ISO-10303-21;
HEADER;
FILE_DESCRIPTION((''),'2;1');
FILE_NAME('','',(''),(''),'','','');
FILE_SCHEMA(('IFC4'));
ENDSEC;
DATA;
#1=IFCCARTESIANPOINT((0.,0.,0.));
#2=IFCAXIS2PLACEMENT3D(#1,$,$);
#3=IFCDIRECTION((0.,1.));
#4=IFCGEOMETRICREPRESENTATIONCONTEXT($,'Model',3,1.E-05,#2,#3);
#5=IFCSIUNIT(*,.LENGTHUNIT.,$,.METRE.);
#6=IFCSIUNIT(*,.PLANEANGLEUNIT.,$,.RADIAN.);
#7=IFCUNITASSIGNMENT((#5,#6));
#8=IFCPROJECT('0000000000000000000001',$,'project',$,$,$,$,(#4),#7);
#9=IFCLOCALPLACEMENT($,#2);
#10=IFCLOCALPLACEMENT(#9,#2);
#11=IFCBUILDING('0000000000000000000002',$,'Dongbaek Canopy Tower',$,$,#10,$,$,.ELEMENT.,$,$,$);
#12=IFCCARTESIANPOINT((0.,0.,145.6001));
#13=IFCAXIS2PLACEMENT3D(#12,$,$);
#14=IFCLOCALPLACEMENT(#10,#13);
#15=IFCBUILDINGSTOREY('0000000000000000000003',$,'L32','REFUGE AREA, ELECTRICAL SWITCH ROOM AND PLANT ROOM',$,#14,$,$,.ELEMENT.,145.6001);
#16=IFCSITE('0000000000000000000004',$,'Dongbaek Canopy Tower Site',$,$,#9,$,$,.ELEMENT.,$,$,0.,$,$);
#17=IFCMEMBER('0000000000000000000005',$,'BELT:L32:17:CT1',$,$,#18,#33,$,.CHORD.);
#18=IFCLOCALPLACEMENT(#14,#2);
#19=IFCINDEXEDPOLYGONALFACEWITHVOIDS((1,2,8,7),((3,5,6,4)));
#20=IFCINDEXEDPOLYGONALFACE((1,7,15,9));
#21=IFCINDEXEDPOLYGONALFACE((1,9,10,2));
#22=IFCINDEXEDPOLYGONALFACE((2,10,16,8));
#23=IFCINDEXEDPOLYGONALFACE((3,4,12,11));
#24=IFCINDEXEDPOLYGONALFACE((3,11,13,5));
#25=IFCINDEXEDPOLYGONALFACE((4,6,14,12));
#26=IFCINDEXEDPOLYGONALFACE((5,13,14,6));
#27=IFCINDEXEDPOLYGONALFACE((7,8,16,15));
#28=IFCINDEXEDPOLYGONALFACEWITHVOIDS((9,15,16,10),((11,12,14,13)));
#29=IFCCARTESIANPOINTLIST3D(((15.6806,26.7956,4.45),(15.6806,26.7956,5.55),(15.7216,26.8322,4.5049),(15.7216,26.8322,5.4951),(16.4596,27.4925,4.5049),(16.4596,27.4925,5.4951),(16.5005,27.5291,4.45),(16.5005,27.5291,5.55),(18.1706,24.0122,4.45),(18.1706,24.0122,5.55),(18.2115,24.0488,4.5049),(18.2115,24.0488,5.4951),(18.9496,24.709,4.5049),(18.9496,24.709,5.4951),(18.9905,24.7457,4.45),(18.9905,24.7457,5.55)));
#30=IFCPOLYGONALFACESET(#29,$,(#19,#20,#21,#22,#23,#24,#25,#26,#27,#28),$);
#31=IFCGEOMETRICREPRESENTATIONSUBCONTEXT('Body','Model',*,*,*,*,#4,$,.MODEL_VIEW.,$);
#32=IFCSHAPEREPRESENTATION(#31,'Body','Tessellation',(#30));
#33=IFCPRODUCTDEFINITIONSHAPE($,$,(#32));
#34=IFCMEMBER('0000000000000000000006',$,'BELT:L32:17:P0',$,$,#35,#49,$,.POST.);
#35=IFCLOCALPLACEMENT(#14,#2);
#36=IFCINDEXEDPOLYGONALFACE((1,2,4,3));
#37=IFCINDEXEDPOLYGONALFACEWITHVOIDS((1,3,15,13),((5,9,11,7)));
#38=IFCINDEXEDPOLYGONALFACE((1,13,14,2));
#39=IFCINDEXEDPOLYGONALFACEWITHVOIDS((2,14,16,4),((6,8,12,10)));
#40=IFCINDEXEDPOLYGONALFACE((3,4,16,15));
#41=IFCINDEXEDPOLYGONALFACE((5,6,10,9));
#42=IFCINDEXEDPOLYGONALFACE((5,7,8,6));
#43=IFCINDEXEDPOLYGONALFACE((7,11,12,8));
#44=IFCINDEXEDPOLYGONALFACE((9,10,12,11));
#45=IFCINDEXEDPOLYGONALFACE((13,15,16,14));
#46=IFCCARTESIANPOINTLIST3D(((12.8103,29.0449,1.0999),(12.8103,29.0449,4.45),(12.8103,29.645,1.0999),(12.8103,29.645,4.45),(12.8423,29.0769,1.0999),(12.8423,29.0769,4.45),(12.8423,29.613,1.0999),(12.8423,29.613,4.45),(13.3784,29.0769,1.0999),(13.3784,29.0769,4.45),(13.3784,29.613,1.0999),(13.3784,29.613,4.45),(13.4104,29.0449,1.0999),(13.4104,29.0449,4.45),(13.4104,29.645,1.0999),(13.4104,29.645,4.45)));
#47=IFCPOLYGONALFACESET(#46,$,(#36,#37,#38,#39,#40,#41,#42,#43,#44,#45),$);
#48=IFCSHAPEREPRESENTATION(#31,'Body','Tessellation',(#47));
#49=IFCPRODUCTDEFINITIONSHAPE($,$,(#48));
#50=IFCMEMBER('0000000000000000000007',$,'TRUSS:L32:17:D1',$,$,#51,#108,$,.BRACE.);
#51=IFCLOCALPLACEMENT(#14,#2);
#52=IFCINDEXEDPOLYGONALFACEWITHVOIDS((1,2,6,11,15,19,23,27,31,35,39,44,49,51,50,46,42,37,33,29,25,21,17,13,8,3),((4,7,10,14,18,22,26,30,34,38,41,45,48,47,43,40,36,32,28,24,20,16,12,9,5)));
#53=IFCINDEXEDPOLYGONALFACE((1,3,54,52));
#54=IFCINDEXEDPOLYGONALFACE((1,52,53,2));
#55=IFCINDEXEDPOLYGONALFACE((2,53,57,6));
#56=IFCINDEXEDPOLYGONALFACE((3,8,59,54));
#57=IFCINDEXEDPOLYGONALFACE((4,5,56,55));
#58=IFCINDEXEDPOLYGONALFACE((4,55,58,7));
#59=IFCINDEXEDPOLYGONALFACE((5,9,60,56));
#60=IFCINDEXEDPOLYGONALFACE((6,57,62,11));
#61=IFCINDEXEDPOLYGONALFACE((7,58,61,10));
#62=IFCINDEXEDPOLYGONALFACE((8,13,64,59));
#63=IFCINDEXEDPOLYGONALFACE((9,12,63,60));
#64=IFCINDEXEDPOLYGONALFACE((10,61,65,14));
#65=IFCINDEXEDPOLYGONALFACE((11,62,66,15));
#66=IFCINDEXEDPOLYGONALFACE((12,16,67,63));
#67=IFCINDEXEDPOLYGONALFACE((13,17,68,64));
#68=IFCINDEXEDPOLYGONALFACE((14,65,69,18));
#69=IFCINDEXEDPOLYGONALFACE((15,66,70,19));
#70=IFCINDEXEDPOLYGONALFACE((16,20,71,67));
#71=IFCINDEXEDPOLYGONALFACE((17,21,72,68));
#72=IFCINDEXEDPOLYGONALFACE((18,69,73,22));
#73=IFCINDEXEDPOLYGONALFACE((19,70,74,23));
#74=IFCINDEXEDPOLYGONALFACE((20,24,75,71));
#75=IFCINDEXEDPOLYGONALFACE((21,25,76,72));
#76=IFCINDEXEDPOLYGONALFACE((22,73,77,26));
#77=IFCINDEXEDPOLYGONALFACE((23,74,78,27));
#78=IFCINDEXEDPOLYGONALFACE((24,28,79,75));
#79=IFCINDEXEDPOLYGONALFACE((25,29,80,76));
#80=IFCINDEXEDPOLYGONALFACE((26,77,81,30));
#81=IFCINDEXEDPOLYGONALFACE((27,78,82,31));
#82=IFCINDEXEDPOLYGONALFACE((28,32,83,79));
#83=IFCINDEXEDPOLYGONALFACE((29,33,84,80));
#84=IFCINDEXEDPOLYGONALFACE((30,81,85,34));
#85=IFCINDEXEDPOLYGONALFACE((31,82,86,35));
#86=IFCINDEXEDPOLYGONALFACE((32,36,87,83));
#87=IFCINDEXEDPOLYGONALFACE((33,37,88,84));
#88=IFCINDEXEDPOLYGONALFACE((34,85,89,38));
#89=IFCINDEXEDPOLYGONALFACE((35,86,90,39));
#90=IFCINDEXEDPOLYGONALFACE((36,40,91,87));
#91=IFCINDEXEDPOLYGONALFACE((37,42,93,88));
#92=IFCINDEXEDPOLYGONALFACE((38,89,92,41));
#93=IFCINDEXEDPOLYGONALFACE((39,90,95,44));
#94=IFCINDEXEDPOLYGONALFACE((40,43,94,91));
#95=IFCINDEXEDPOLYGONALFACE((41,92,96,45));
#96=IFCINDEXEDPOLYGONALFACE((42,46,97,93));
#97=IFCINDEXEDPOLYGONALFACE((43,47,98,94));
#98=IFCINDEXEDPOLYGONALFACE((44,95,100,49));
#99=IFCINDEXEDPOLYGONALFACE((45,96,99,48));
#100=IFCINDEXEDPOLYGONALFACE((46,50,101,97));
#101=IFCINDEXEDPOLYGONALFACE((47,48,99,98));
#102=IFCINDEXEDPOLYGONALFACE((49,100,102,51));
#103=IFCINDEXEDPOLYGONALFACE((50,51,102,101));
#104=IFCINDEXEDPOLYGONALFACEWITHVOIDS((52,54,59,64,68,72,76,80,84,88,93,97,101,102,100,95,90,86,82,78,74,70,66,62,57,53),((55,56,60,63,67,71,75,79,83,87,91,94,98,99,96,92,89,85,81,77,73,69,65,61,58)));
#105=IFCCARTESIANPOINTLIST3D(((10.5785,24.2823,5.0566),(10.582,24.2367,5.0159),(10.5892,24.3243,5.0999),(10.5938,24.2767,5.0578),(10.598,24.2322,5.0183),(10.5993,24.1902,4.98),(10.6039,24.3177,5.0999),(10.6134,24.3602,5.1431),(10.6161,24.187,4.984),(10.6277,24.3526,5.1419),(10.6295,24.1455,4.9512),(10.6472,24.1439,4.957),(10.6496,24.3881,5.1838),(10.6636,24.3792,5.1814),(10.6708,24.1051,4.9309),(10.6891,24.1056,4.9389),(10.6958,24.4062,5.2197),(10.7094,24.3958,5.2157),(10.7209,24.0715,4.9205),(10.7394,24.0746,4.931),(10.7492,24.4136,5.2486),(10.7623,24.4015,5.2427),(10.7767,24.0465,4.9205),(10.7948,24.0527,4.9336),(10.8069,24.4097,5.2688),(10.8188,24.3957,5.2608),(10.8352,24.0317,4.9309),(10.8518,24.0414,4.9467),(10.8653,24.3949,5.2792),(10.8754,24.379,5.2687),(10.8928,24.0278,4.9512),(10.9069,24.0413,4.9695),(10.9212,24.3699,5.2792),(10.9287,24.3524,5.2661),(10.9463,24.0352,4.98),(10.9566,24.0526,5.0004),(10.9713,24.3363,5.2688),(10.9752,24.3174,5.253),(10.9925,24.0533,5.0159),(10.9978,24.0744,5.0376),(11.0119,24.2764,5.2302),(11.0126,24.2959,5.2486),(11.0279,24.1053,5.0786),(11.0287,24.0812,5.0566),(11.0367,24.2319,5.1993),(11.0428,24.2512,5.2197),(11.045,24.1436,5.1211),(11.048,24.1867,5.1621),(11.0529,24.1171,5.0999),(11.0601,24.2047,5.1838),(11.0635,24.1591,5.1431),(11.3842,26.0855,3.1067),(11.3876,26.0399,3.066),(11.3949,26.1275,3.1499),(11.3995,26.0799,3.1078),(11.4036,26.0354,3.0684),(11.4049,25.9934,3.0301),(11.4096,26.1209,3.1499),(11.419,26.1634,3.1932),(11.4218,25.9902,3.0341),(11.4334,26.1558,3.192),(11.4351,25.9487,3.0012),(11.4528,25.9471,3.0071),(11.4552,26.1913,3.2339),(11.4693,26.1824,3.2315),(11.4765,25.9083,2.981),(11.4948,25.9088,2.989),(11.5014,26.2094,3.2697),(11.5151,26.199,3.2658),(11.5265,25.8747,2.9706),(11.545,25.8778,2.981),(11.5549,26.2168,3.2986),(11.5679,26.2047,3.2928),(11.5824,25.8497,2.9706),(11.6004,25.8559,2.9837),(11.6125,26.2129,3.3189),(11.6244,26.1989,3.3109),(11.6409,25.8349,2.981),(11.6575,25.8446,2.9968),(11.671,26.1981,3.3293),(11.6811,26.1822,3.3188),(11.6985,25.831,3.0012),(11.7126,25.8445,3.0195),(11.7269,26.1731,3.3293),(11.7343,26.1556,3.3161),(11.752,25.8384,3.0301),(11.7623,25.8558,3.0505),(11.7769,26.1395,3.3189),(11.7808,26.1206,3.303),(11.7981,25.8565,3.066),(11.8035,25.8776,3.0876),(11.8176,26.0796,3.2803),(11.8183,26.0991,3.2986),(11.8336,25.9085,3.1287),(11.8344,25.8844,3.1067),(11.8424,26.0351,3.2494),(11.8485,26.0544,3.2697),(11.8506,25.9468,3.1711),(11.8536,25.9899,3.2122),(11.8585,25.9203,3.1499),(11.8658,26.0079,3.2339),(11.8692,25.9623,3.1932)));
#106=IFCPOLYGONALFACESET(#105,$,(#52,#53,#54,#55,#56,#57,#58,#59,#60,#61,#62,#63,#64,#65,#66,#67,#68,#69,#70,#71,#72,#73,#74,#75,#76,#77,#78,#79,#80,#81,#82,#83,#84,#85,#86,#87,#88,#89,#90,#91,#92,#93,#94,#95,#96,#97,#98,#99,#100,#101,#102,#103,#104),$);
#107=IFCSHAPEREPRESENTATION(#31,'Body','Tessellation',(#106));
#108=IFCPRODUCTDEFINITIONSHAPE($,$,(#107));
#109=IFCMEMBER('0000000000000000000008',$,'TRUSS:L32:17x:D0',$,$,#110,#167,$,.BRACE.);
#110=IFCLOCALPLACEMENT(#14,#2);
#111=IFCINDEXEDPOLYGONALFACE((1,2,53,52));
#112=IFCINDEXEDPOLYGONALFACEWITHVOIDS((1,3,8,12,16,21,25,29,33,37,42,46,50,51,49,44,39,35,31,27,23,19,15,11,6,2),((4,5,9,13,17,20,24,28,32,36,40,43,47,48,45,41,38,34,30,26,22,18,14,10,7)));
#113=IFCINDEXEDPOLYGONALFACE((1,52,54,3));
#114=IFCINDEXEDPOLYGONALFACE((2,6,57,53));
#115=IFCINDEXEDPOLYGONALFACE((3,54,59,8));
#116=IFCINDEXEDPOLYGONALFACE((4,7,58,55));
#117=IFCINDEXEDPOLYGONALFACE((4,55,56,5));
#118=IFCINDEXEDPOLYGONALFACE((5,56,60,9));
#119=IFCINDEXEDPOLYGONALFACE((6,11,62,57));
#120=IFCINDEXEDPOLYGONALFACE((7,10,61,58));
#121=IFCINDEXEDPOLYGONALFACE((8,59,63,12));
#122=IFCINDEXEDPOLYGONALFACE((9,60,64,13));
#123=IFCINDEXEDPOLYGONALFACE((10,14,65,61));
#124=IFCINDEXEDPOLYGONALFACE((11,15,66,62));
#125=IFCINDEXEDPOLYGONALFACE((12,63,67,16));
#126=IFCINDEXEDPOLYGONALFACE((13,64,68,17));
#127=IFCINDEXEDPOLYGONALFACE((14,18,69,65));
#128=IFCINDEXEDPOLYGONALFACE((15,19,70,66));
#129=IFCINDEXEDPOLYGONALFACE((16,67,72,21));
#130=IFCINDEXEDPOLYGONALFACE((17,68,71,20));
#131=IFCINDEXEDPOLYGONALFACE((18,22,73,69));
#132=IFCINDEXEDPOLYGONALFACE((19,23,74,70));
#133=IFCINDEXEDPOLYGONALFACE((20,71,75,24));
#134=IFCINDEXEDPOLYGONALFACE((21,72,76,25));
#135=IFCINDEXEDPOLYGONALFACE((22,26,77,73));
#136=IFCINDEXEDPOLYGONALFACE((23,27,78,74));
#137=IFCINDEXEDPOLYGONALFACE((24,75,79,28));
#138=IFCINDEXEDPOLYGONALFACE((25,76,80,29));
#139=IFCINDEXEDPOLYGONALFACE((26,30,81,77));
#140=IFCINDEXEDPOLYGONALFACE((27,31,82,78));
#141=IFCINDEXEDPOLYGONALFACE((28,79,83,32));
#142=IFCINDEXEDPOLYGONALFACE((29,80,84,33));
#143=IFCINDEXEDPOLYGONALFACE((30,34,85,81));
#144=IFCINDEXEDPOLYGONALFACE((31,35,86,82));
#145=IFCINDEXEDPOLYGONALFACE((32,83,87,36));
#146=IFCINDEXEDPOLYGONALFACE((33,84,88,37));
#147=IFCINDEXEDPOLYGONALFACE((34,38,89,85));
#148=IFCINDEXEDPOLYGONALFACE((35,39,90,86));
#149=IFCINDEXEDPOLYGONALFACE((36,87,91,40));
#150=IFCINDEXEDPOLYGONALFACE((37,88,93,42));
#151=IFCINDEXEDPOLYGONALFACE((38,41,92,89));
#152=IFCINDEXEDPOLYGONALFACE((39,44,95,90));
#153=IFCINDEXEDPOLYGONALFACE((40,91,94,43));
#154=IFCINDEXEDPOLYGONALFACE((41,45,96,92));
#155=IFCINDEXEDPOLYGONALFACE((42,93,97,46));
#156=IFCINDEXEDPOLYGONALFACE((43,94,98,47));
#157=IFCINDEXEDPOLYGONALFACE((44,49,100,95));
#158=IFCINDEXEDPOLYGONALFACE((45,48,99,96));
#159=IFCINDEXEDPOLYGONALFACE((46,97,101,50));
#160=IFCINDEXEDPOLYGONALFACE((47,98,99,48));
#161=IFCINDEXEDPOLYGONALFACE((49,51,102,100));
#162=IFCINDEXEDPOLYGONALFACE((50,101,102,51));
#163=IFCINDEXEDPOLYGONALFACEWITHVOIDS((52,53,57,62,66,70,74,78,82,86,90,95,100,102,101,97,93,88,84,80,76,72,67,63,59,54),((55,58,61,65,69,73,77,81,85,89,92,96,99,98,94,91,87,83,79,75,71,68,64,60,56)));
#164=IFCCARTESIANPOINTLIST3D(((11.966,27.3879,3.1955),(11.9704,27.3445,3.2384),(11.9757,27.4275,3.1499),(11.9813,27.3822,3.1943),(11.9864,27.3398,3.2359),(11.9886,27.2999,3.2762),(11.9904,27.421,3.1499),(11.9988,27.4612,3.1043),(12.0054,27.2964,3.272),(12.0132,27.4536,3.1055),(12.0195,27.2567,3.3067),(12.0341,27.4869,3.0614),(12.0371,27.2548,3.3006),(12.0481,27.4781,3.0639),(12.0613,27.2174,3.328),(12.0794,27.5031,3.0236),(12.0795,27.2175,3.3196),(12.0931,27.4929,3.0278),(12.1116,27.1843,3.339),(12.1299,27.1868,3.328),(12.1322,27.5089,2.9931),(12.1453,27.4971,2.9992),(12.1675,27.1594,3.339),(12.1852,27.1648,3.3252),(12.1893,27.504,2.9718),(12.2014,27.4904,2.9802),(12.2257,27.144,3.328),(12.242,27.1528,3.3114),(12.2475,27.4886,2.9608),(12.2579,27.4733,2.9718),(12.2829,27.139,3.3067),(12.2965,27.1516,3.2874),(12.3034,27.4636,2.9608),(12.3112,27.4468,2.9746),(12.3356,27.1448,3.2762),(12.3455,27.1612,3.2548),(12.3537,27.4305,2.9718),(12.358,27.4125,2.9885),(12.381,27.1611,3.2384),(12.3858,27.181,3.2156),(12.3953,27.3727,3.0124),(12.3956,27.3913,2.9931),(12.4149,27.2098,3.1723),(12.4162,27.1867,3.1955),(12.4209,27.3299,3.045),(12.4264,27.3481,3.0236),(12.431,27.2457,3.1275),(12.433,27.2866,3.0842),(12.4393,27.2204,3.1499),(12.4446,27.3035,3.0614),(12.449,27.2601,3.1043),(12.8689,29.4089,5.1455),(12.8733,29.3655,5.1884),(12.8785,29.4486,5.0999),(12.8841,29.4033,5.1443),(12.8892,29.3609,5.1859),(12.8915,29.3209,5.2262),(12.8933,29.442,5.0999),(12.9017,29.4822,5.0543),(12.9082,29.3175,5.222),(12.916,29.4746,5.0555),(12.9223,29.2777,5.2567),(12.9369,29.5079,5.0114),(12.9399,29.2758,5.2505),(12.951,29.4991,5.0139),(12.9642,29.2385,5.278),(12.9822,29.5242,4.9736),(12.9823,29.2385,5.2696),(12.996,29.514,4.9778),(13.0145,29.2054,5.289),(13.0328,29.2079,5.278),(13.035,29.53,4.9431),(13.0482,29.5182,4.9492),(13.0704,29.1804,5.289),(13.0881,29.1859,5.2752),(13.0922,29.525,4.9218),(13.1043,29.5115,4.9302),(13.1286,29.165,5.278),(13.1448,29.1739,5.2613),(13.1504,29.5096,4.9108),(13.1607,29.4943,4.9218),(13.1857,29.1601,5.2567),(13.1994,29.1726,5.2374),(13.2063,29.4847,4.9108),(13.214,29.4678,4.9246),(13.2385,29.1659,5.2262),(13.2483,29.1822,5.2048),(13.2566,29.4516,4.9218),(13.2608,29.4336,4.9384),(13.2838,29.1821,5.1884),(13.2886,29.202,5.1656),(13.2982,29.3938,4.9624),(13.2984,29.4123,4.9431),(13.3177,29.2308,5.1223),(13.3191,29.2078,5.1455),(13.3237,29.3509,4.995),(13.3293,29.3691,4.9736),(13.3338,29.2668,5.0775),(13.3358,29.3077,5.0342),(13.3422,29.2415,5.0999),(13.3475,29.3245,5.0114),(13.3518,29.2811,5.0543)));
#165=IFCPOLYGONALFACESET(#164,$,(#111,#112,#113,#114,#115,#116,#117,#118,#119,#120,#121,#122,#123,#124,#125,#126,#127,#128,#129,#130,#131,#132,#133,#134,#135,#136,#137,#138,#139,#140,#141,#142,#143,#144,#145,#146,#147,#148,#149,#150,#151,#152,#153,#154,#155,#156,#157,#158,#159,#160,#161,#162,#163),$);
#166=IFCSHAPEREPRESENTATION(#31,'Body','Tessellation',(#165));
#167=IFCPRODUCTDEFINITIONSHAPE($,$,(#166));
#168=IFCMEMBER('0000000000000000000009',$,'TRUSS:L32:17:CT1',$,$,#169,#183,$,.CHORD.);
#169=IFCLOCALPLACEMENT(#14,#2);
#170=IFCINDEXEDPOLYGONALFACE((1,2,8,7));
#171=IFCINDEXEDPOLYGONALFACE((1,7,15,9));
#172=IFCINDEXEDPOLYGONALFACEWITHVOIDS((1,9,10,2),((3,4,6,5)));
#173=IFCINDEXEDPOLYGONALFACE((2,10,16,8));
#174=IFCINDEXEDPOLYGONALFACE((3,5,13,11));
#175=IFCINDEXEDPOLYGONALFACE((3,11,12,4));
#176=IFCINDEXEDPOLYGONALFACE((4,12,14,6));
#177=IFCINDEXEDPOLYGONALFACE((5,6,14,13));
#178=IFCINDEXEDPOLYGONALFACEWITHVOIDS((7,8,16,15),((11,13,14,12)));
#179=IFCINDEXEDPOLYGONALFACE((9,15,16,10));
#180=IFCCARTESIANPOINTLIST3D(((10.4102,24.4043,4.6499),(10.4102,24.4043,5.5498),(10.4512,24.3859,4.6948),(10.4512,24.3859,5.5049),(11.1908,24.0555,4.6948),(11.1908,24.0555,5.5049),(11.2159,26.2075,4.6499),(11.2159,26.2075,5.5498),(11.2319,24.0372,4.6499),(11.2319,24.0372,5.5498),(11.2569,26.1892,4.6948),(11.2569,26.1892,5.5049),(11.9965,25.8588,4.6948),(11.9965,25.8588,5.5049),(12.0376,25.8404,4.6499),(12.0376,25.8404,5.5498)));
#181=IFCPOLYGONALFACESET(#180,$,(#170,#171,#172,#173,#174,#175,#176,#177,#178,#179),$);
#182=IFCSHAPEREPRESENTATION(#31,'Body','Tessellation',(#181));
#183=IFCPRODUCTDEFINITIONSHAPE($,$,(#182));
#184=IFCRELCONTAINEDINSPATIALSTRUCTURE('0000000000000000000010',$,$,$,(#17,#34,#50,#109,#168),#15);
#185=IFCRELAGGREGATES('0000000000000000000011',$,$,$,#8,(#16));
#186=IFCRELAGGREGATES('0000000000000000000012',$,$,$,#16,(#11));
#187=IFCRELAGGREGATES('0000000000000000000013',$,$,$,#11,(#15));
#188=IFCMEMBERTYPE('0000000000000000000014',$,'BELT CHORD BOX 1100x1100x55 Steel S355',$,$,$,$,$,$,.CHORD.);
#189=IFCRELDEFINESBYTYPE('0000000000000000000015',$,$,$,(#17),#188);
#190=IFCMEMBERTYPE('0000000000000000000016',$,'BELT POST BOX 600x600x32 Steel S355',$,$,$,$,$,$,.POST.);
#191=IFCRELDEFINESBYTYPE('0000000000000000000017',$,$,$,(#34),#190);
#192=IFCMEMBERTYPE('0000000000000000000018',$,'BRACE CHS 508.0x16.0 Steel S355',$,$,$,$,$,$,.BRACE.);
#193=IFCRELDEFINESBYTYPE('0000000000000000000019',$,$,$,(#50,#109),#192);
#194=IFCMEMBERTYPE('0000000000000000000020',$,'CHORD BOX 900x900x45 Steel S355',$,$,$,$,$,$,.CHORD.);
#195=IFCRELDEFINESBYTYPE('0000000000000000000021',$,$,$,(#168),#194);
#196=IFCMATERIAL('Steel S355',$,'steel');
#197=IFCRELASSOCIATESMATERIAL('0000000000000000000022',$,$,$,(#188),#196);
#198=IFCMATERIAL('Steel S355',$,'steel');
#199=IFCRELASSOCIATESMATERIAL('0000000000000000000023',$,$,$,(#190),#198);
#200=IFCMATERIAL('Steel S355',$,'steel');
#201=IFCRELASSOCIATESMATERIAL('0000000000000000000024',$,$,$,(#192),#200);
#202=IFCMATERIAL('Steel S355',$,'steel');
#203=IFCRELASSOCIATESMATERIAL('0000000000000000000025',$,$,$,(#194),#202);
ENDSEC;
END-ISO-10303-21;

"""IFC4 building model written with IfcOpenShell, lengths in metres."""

from ifc_helpers import new_model, si_unit, direction, frame, origin, origin_2d, place, context, subcontext, project, spatial, hollow_rectangle, hollow_circle, extrude, material, material_profile, profile_set, type_object, element, save


model = new_model("IFC4")

# Units and contexts
model_context = context("Model", 3, precision=1e-05, world=origin(), true_north=direction((0.0, 1.0)))
body_context = subcontext(model_context, "Body", "Model", "MODEL_VIEW")
ifc_project = project(units=[si_unit("LENGTHUNIT", "METRE"), si_unit("PLANEANGLEUNIT", "RADIAN")], contexts=[model_context])

# Site, building, storey
site_placement = place(None, origin())
site = spatial("IfcSite", under=ifc_project, at=site_placement, Name="Dongbaek Canopy Tower Site", CompositionType="ELEMENT", RefElevation=0.0)
building_placement = place(site_placement, origin())
building = spatial("IfcBuilding", under=site, at=building_placement, Name="Dongbaek Canopy Tower", CompositionType="ELEMENT")
storey_placement = place(building_placement, frame((0.0, 0.0, 145.6001)))
storey = spatial("IfcBuildingStorey", under=building, at=storey_placement, Name="L32", Description="REFUGE AREA, ELECTRICAL SWITCH ROOM AND PLANT ROOM", CompositionType="ELEMENT", Elevation=145.6001)

# Members
ifc_material_1 = material(Name="Steel S355", Category="steel")
ifc_material_profile_1 = material_profile(ifc_material_1, hollow_rectangle(XDim=1.1001, YDim=1.1001, WallThickness=0.0549, at=origin_2d()), Name="BELT CHORD BOX 1100x1100x55 Steel S355")
ifc_profile_set_1 = profile_set([ifc_material_profile_1], Name="Steel S355")
member_type_1 = type_object("IfcMemberType", Name="BELT CHORD BOX 1100x1100x55 Steel S355", PredefinedType="CHORD", material=ifc_profile_set_1)
for number, where, z_axis, x_axis, name in (
    (1, (16.0906, 27.1624, 5.0), (0.666726, -0.745303, 0.0), (0.745303, 0.666726, 0.0), "BELT:L32:17:CT1"),
):
    element("IfcMember", number, at=place(storey_placement, frame(where, z_axis=z_axis, x_axis=x_axis)), inside=storey, type_object=member_type_1, Name=name, PredefinedType="CHORD", context=body_context, shape_type="SweptSolid", body=[
        extrude(hollow_rectangle(XDim=1.1001, YDim=1.1001, WallThickness=0.0549, at=origin_2d()), origin(), (0.0, 0.0, 1.0), 3.7346),
    ])
ifc_material_2 = material(Name="Steel S355", Category="steel")
ifc_material_profile_2 = material_profile(ifc_material_2, hollow_rectangle(XDim=0.6001, YDim=0.6001, WallThickness=0.032, at=origin_2d()), Name="BELT POST BOX 600x600x32 Steel S355")
ifc_profile_set_2 = profile_set([ifc_material_profile_2], Name="Steel S355")
member_type_2 = type_object("IfcMemberType", Name="BELT POST BOX 600x600x32 Steel S355", PredefinedType="POST", material=ifc_profile_set_2)
member_1_placement = place(storey_placement, frame((13.1104, 29.345, 1.0999), z_axis=(0.0, 0.0, 1.0), x_axis=(1.0, 0.0, 0.0)))
element("IfcMember", 2, at=member_1_placement, inside=storey, type_object=member_type_2, Name="BELT:L32:17:P0", PredefinedType="POST", context=body_context, shape_type="SweptSolid", body=[
    extrude(hollow_rectangle(XDim=0.6001, YDim=0.6001, WallThickness=0.032, at=origin_2d()), origin(), (0.0, 0.0, 1.0), 3.3501),
])
ifc_material_3 = material(Name="Steel S355", Category="steel")
ifc_material_profile_3 = material_profile(ifc_material_3, hollow_circle(Radius=0.2539, WallThickness=0.0161, at=origin_2d()), Name="BRACE CHS 508.0x16.0 Steel S355")
ifc_profile_set_3 = profile_set([ifc_material_profile_3], Name="Steel S355")
member_type_3 = type_object("IfcMemberType", Name="BRACE CHS 508.0x16.0 Steel S355", PredefinedType="BRACE", material=ifc_profile_set_3)
member_2_placement = place(storey_placement, frame((10.821, 24.2207, 5.0999), z_axis=(0.290284, 0.649709, -0.702576), x_axis=(-0.913015, 0.407927, 0.0)))
element("IfcMember", 3, at=member_2_placement, inside=storey, type_object=member_type_3, Name="TRUSS:L32:17:D1", PredefinedType="BRACE", context=body_context, shape_type="SweptSolid", body=[
    extrude(hollow_circle(Radius=0.2539, WallThickness=0.0161, at=origin_2d()), origin(), (0.0, 0.0, 1.0), 2.7754),
])
member_3_placement = place(storey_placement, frame((12.2075, 27.324, 3.1499), z_axis=(0.306056, 0.685109, 0.661025), x_axis=(-0.913037, 0.407877, 0.0)))
element("IfcMember", 4, at=member_3_placement, inside=storey, type_object=member_type_3, Name="TRUSS:L32:17x:D0", PredefinedType="BRACE", context=body_context, shape_type="SweptSolid", body=[
    extrude(hollow_circle(Radius=0.2539, WallThickness=0.0161, at=origin_2d()), origin(), (0.0, 0.0, 1.0), 2.95),
])
ifc_material_4 = material(Name="Steel S355", Category="steel")
ifc_material_profile_4 = material_profile(ifc_material_4, hollow_rectangle(XDim=0.8999, YDim=0.8999, WallThickness=0.0449, at=origin_2d()), Name="CHORD BOX 900x900x45 Steel S355")
ifc_profile_set_4 = profile_set([ifc_material_profile_4], Name="Steel S355")
member_type_4 = type_object("IfcMemberType", Name="CHORD BOX 900x900x45 Steel S355", PredefinedType="CHORD", material=ifc_profile_set_4)
member_4_placement = place(storey_placement, frame((10.821, 24.2207, 5.0999), z_axis=(0.407927, 0.913015, 0.0), x_axis=(-0.913015, 0.407927, 0.0)))
element("IfcMember", 5, at=member_4_placement, inside=storey, type_object=member_type_4, Name="TRUSS:L32:17:CT1", PredefinedType="CHORD", context=body_context, shape_type="SweptSolid", body=[
    extrude(hollow_rectangle(XDim=0.8999, YDim=0.8999, WallThickness=0.0449, at=origin_2d()), origin(), (0.0, 0.0, 1.0), 1.9751),
])

save(model, "model.ifc")
